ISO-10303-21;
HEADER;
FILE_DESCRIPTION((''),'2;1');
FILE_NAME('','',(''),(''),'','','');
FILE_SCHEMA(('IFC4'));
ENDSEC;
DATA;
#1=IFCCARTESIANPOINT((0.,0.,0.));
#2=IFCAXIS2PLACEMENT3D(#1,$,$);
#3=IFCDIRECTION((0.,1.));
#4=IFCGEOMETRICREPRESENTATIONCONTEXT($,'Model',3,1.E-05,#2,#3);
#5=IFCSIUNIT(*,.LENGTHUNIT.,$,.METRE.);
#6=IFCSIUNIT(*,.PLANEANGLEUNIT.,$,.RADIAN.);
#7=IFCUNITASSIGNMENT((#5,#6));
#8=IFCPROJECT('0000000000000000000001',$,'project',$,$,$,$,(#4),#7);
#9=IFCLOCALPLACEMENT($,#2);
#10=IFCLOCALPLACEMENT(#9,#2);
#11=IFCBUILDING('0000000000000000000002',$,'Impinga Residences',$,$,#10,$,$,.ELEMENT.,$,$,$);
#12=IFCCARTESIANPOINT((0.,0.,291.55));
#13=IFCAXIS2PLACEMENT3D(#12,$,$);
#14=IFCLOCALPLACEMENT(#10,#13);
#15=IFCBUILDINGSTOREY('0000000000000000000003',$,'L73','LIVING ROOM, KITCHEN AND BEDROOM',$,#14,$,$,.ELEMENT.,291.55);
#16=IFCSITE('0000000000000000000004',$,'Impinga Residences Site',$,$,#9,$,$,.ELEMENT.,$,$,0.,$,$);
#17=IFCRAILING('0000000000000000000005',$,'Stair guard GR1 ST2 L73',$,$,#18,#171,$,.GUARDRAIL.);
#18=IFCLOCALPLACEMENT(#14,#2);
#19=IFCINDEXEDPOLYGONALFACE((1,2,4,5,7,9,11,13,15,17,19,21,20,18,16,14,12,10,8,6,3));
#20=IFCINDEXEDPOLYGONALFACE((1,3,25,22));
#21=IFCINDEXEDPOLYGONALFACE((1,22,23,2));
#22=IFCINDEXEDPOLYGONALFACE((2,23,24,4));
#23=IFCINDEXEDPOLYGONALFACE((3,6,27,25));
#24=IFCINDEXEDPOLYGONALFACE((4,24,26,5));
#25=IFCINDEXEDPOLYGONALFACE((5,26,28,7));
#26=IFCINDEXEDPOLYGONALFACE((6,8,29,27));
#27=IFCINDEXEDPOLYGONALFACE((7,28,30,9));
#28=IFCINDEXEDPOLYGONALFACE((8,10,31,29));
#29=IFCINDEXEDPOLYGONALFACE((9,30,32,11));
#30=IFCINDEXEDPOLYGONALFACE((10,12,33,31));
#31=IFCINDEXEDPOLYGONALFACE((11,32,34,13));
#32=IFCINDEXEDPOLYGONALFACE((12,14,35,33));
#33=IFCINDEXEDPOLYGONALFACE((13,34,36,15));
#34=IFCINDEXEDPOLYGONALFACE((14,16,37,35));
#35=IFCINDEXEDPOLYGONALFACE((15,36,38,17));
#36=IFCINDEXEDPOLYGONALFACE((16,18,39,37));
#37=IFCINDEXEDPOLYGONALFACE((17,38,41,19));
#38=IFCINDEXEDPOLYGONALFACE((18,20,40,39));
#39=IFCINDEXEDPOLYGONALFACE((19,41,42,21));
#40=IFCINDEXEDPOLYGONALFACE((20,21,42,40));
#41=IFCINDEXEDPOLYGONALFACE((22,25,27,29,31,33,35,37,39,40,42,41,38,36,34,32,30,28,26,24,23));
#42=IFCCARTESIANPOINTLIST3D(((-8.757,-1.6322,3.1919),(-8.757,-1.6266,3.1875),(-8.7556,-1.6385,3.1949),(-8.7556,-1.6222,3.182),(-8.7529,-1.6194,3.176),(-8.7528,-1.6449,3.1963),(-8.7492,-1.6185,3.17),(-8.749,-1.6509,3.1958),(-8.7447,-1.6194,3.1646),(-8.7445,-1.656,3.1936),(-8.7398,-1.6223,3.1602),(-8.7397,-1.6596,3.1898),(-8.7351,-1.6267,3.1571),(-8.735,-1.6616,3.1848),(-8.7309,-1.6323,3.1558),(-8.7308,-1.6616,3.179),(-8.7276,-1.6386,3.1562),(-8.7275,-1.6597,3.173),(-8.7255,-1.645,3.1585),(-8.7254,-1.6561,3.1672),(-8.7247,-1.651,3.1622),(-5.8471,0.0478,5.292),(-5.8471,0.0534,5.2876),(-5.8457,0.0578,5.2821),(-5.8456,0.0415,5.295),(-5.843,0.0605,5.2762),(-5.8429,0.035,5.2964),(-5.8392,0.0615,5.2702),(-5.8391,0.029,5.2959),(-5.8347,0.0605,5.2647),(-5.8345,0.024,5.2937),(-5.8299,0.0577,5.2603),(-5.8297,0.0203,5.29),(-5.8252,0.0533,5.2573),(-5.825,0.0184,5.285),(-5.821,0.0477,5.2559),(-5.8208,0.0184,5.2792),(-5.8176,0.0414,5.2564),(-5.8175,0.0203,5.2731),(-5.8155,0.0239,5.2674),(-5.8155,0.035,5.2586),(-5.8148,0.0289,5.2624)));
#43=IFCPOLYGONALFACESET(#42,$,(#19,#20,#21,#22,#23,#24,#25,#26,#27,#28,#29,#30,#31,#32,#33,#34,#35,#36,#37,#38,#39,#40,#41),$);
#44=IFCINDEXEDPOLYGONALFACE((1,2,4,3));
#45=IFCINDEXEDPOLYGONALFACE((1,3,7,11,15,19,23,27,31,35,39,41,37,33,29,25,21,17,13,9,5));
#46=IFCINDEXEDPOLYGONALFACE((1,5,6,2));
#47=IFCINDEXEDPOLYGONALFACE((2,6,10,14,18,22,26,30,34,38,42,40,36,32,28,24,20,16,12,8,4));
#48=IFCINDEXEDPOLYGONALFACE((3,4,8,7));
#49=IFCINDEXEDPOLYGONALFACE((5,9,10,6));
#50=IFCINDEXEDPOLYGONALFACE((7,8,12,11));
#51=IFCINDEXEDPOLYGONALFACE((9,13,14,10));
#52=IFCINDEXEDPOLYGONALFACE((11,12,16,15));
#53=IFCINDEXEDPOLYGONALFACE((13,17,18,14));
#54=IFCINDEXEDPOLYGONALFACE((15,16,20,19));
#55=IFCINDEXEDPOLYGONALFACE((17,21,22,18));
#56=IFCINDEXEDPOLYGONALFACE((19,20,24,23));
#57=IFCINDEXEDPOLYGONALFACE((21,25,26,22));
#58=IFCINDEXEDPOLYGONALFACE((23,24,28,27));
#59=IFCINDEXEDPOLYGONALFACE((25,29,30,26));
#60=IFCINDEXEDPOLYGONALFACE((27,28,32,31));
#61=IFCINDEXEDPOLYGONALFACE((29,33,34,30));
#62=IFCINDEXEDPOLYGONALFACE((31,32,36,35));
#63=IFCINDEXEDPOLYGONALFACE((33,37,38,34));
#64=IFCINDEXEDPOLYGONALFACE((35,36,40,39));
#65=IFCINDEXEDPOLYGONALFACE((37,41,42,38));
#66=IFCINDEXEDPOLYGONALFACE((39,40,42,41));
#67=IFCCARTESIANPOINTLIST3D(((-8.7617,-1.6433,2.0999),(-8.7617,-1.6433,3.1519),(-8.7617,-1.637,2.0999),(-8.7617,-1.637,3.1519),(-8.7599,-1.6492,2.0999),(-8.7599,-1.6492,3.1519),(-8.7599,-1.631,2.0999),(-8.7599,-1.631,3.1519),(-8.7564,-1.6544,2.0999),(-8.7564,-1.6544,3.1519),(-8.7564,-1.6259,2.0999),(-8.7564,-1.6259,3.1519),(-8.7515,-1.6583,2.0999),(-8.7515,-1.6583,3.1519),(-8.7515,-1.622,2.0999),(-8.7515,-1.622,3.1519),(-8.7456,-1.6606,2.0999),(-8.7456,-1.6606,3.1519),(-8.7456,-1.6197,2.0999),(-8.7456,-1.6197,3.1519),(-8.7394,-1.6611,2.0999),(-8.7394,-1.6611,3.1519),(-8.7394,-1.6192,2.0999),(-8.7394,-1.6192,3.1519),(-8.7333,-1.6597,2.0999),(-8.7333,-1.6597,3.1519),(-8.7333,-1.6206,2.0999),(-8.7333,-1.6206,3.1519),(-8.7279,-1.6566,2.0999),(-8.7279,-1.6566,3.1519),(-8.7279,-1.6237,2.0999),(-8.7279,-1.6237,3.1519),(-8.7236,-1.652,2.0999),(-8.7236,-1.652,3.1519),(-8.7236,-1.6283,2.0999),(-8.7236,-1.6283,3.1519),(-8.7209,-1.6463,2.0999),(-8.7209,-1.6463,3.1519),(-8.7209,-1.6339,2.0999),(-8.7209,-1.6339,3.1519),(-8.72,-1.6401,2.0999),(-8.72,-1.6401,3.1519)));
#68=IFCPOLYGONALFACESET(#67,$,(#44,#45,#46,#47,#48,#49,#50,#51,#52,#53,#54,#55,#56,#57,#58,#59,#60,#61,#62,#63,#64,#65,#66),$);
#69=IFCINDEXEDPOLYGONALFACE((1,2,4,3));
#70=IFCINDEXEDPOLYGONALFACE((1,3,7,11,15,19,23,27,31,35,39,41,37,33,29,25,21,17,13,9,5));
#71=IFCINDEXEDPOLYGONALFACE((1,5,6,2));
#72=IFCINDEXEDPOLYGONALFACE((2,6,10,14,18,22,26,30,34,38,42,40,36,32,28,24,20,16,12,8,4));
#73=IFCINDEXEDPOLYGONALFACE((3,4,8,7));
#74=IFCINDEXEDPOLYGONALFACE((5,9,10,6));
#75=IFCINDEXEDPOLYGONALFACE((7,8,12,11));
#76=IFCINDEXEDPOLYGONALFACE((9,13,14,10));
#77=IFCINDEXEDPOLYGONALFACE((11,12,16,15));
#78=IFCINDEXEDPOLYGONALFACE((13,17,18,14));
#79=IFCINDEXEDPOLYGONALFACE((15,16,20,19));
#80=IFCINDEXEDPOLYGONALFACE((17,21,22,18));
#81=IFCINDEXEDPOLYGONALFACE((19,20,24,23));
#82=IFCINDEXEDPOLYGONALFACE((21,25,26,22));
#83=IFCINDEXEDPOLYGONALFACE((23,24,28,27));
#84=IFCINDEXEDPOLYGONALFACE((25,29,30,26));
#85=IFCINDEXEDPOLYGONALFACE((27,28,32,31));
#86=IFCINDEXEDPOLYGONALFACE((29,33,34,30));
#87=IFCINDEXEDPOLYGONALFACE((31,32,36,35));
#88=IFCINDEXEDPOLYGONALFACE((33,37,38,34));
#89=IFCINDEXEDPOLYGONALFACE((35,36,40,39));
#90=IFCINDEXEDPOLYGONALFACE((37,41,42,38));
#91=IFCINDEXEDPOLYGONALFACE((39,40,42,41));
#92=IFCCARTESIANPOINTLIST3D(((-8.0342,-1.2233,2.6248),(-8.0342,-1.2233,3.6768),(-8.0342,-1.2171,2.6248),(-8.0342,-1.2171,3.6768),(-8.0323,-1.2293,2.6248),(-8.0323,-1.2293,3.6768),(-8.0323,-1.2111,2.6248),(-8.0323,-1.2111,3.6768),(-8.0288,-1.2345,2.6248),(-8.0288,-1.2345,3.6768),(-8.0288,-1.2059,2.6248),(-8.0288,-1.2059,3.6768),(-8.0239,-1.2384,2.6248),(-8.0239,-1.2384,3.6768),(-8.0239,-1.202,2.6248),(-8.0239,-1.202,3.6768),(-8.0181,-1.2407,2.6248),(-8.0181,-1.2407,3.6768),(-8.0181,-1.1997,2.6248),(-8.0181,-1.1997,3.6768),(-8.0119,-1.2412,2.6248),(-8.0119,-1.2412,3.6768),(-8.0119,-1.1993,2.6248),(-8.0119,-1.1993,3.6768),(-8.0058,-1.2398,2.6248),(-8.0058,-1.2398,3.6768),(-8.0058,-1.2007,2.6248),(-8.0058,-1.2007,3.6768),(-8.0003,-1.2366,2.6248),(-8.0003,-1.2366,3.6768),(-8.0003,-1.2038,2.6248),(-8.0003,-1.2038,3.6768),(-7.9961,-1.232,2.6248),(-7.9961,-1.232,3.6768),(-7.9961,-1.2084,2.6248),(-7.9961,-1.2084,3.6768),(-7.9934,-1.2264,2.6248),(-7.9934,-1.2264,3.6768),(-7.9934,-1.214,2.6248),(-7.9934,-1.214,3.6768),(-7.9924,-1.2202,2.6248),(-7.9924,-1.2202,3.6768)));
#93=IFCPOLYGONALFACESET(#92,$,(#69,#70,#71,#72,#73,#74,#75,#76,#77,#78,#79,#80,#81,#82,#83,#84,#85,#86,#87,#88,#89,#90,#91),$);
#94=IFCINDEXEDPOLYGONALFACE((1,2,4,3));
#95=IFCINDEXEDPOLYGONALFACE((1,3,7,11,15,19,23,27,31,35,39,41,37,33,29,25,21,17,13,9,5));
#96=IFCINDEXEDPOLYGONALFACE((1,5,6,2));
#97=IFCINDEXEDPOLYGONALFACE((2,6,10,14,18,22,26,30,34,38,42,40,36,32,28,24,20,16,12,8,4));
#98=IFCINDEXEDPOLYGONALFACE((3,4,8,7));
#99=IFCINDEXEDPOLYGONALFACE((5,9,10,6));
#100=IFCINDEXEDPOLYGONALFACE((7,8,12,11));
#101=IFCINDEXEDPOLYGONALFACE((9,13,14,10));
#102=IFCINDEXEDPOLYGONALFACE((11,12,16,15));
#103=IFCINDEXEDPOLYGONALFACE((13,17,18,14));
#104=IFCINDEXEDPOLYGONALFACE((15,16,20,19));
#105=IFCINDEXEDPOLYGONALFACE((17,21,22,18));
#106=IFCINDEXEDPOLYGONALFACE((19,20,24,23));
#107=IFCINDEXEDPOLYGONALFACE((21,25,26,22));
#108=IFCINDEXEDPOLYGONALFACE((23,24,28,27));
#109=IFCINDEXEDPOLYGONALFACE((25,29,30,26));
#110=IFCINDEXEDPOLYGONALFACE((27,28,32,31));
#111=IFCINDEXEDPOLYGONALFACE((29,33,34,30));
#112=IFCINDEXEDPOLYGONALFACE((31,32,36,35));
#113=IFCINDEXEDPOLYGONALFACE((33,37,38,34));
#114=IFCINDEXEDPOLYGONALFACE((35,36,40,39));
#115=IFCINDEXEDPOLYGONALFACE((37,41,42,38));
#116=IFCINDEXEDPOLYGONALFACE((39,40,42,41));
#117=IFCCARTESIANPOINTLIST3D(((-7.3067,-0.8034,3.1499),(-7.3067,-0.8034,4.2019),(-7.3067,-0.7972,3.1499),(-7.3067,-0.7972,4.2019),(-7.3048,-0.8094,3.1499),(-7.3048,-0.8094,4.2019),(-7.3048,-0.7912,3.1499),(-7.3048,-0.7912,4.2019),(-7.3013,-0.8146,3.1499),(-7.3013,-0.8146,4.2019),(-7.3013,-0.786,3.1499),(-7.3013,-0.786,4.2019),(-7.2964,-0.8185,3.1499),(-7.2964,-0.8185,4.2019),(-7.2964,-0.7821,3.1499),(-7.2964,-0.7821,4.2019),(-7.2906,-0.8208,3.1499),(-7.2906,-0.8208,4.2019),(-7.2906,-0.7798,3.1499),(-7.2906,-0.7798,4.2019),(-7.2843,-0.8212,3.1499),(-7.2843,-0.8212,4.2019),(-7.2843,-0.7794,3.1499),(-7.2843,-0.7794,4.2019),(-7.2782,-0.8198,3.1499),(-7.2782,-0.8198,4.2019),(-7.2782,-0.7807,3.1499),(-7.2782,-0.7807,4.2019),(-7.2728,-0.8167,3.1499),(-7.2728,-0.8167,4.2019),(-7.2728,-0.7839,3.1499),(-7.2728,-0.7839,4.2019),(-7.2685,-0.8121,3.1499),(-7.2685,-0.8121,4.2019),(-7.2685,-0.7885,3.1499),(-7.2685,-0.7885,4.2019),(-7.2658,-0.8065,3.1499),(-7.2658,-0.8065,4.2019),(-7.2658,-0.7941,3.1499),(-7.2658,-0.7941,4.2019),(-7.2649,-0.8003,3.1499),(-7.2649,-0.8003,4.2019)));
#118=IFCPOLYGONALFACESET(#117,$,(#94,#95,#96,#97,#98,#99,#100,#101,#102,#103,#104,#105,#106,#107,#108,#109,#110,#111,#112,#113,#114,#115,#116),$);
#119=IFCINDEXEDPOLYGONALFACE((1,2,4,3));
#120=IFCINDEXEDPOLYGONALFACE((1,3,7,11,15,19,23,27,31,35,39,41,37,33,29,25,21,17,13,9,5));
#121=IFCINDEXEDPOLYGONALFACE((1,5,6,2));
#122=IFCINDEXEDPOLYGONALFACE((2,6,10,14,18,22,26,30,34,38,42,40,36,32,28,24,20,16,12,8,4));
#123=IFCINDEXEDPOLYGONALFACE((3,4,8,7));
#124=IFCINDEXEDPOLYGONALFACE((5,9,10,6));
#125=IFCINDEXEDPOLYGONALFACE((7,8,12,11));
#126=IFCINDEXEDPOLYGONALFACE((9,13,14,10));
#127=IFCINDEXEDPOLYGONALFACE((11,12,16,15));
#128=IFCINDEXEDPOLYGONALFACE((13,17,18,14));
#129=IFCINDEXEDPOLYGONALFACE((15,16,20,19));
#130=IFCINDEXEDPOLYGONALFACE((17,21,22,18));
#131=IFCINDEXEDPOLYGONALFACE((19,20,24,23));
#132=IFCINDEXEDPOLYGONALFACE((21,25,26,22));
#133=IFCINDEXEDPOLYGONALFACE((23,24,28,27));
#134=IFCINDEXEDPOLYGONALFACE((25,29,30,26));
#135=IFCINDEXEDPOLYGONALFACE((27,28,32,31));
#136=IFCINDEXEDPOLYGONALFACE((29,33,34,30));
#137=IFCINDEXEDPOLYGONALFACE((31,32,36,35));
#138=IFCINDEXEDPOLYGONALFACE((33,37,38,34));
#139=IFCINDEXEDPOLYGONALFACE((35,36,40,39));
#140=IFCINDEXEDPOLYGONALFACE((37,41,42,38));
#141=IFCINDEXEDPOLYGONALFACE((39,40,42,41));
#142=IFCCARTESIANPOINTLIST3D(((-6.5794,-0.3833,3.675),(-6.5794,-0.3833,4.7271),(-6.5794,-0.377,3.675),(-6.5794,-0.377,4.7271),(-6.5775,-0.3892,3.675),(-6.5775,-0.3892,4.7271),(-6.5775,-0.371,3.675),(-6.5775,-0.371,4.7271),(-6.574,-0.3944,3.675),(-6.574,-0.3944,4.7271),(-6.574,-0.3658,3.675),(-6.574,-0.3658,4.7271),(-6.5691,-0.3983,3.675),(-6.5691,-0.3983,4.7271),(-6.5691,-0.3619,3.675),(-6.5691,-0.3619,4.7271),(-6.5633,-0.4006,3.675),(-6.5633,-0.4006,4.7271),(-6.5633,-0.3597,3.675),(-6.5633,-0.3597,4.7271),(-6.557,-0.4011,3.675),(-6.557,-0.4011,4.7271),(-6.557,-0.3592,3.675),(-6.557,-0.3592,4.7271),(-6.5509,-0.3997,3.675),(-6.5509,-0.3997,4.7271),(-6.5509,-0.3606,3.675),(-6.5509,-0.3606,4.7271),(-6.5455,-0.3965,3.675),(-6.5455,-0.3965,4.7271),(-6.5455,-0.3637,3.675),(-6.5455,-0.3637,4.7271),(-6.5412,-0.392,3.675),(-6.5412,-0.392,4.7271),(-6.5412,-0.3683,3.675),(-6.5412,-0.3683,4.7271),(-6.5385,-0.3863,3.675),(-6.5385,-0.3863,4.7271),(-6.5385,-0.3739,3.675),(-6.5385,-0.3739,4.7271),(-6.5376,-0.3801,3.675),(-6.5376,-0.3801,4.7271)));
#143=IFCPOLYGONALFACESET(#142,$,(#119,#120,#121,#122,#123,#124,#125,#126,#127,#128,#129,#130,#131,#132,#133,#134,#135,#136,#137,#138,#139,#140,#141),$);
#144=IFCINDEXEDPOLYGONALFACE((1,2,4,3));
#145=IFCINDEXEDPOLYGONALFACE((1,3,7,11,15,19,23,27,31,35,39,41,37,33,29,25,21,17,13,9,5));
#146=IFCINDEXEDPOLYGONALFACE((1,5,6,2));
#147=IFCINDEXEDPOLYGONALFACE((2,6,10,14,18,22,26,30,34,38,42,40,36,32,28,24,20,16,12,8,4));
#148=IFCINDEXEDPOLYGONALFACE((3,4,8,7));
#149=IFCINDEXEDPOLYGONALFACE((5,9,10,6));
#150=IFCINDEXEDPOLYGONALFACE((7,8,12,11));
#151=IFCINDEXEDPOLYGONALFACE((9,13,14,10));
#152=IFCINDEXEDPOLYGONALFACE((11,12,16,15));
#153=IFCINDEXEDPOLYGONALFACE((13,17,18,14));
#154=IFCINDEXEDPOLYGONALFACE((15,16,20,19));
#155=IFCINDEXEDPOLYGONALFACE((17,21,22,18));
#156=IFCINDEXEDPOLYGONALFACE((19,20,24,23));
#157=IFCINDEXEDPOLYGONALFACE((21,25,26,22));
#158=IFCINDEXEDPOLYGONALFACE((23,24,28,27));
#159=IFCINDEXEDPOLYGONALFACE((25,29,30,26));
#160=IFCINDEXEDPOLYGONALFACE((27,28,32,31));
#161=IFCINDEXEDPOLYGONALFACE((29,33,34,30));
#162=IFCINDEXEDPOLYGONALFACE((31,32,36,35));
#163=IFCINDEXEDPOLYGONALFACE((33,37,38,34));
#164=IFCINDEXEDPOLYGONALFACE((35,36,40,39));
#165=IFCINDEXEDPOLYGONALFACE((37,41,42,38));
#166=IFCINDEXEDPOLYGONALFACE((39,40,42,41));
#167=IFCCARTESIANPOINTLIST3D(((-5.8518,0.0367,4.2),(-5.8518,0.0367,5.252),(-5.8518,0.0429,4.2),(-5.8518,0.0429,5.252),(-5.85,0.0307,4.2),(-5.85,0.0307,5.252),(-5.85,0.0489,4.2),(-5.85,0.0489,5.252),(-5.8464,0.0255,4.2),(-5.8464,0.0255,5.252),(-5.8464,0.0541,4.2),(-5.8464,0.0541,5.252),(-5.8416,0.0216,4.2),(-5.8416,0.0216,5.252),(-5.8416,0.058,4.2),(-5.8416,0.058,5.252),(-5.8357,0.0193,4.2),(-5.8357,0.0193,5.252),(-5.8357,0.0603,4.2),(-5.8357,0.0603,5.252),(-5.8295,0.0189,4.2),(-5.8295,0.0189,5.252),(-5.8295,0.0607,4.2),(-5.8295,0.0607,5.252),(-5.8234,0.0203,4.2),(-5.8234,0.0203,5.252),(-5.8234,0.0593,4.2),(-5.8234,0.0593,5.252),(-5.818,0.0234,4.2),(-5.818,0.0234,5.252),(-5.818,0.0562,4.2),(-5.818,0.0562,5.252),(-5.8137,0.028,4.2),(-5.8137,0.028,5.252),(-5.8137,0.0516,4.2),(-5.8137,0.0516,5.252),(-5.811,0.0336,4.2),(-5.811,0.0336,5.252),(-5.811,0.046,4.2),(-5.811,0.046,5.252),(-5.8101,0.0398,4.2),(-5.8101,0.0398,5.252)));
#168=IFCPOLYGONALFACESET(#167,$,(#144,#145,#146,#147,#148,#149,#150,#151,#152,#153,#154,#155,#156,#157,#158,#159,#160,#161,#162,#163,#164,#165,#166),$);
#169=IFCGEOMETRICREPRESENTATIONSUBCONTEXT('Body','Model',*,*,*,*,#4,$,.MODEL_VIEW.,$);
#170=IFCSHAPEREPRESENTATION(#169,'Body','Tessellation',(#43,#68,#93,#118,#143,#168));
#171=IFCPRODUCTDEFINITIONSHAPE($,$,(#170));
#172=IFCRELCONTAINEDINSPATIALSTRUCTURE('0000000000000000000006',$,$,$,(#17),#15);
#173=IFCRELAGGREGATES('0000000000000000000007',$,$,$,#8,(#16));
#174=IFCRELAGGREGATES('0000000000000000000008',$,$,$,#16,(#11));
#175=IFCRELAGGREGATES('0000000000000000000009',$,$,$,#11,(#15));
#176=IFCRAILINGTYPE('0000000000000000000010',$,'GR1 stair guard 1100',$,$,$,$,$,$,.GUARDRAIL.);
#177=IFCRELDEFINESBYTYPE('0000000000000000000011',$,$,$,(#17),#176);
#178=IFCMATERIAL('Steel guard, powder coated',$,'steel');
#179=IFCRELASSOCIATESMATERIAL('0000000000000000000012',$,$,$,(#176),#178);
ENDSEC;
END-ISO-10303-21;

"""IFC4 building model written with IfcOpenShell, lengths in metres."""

from ifc_helpers import new_model, si_unit, direction, frame, origin, origin_2d, place, context, subcontext, project, spatial, circle, extrude, material, type_object, element, save


model = new_model("IFC4")

# Units and contexts
model_context = context("Model", 3, precision=1e-05, world=origin(), true_north=direction((0.0, 1.0)))
body_context = subcontext(model_context, "Body", "Model", "MODEL_VIEW")
ifc_project = project(units=[si_unit("LENGTHUNIT", "METRE"), si_unit("PLANEANGLEUNIT", "RADIAN")], contexts=[model_context])

# Site, building, storey
site_placement = place(None, origin())
site = spatial("IfcSite", under=ifc_project, at=site_placement, Name="Impinga Residences Site", CompositionType="ELEMENT", RefElevation=0.0)
building_placement = place(site_placement, origin())
building = spatial("IfcBuilding", under=site, at=building_placement, Name="Impinga Residences", CompositionType="ELEMENT")
storey_placement = place(building_placement, frame((0.0, 0.0, 291.55)))
storey = spatial("IfcBuildingStorey", under=building, at=storey_placement, Name="L73", Description="LIVING ROOM, KITCHEN AND BEDROOM", CompositionType="ELEMENT", Elevation=291.55)

# Railing
ifc_material_1 = material(Name="Steel guard, powder coated", Category="steel")
railing_type_1 = type_object("IfcRailingType", Name="GR1 stair guard 1100", PredefinedType="GUARDRAIL", material=ifc_material_1)
railing_1_placement = place(storey_placement, frame((-8.741, -1.6401, 2.0999)))
element("IfcRailing", 1, at=railing_1_placement, inside=storey, type_object=railing_type_1, Name="Stair guard GR1 ST2 L73", PredefinedType="GUARDRAIL", context=body_context, shape_type="SweptSolid", body=[
    extrude(circle(Radius=0.0239, at=origin_2d()), frame((0.0, 0.0, 1.0762), z_axis=(0.734392, 0.423974, 0.530014), x_axis=(-0.499976, 0.866039, 0.0)), (0.0, 0.0, 1.0), 3.9624),
    extrude(circle(Radius=0.021, at=origin_2d()), origin(), (0.0, 0.0, 1.0), 1.052),
    extrude(circle(Radius=0.021, at=origin_2d()), frame((0.7275, 0.4199, 0.5249)), (0.0, 0.0, 1.0), 1.052),
    extrude(circle(Radius=0.021, at=origin_2d()), frame((1.4551, 0.8398, 1.05)), (0.0, 0.0, 1.0), 1.052),
    extrude(circle(Radius=0.021, at=origin_2d()), frame((2.1824, 1.26, 1.5752)), (0.0, 0.0, 1.0), 1.052),
    extrude(circle(Radius=0.021, at=origin_2d()), frame((2.9099, 1.6799, 2.1001)), (0.0, 0.0, 1.0), 1.052),
])

save(model, "model.ifc")
